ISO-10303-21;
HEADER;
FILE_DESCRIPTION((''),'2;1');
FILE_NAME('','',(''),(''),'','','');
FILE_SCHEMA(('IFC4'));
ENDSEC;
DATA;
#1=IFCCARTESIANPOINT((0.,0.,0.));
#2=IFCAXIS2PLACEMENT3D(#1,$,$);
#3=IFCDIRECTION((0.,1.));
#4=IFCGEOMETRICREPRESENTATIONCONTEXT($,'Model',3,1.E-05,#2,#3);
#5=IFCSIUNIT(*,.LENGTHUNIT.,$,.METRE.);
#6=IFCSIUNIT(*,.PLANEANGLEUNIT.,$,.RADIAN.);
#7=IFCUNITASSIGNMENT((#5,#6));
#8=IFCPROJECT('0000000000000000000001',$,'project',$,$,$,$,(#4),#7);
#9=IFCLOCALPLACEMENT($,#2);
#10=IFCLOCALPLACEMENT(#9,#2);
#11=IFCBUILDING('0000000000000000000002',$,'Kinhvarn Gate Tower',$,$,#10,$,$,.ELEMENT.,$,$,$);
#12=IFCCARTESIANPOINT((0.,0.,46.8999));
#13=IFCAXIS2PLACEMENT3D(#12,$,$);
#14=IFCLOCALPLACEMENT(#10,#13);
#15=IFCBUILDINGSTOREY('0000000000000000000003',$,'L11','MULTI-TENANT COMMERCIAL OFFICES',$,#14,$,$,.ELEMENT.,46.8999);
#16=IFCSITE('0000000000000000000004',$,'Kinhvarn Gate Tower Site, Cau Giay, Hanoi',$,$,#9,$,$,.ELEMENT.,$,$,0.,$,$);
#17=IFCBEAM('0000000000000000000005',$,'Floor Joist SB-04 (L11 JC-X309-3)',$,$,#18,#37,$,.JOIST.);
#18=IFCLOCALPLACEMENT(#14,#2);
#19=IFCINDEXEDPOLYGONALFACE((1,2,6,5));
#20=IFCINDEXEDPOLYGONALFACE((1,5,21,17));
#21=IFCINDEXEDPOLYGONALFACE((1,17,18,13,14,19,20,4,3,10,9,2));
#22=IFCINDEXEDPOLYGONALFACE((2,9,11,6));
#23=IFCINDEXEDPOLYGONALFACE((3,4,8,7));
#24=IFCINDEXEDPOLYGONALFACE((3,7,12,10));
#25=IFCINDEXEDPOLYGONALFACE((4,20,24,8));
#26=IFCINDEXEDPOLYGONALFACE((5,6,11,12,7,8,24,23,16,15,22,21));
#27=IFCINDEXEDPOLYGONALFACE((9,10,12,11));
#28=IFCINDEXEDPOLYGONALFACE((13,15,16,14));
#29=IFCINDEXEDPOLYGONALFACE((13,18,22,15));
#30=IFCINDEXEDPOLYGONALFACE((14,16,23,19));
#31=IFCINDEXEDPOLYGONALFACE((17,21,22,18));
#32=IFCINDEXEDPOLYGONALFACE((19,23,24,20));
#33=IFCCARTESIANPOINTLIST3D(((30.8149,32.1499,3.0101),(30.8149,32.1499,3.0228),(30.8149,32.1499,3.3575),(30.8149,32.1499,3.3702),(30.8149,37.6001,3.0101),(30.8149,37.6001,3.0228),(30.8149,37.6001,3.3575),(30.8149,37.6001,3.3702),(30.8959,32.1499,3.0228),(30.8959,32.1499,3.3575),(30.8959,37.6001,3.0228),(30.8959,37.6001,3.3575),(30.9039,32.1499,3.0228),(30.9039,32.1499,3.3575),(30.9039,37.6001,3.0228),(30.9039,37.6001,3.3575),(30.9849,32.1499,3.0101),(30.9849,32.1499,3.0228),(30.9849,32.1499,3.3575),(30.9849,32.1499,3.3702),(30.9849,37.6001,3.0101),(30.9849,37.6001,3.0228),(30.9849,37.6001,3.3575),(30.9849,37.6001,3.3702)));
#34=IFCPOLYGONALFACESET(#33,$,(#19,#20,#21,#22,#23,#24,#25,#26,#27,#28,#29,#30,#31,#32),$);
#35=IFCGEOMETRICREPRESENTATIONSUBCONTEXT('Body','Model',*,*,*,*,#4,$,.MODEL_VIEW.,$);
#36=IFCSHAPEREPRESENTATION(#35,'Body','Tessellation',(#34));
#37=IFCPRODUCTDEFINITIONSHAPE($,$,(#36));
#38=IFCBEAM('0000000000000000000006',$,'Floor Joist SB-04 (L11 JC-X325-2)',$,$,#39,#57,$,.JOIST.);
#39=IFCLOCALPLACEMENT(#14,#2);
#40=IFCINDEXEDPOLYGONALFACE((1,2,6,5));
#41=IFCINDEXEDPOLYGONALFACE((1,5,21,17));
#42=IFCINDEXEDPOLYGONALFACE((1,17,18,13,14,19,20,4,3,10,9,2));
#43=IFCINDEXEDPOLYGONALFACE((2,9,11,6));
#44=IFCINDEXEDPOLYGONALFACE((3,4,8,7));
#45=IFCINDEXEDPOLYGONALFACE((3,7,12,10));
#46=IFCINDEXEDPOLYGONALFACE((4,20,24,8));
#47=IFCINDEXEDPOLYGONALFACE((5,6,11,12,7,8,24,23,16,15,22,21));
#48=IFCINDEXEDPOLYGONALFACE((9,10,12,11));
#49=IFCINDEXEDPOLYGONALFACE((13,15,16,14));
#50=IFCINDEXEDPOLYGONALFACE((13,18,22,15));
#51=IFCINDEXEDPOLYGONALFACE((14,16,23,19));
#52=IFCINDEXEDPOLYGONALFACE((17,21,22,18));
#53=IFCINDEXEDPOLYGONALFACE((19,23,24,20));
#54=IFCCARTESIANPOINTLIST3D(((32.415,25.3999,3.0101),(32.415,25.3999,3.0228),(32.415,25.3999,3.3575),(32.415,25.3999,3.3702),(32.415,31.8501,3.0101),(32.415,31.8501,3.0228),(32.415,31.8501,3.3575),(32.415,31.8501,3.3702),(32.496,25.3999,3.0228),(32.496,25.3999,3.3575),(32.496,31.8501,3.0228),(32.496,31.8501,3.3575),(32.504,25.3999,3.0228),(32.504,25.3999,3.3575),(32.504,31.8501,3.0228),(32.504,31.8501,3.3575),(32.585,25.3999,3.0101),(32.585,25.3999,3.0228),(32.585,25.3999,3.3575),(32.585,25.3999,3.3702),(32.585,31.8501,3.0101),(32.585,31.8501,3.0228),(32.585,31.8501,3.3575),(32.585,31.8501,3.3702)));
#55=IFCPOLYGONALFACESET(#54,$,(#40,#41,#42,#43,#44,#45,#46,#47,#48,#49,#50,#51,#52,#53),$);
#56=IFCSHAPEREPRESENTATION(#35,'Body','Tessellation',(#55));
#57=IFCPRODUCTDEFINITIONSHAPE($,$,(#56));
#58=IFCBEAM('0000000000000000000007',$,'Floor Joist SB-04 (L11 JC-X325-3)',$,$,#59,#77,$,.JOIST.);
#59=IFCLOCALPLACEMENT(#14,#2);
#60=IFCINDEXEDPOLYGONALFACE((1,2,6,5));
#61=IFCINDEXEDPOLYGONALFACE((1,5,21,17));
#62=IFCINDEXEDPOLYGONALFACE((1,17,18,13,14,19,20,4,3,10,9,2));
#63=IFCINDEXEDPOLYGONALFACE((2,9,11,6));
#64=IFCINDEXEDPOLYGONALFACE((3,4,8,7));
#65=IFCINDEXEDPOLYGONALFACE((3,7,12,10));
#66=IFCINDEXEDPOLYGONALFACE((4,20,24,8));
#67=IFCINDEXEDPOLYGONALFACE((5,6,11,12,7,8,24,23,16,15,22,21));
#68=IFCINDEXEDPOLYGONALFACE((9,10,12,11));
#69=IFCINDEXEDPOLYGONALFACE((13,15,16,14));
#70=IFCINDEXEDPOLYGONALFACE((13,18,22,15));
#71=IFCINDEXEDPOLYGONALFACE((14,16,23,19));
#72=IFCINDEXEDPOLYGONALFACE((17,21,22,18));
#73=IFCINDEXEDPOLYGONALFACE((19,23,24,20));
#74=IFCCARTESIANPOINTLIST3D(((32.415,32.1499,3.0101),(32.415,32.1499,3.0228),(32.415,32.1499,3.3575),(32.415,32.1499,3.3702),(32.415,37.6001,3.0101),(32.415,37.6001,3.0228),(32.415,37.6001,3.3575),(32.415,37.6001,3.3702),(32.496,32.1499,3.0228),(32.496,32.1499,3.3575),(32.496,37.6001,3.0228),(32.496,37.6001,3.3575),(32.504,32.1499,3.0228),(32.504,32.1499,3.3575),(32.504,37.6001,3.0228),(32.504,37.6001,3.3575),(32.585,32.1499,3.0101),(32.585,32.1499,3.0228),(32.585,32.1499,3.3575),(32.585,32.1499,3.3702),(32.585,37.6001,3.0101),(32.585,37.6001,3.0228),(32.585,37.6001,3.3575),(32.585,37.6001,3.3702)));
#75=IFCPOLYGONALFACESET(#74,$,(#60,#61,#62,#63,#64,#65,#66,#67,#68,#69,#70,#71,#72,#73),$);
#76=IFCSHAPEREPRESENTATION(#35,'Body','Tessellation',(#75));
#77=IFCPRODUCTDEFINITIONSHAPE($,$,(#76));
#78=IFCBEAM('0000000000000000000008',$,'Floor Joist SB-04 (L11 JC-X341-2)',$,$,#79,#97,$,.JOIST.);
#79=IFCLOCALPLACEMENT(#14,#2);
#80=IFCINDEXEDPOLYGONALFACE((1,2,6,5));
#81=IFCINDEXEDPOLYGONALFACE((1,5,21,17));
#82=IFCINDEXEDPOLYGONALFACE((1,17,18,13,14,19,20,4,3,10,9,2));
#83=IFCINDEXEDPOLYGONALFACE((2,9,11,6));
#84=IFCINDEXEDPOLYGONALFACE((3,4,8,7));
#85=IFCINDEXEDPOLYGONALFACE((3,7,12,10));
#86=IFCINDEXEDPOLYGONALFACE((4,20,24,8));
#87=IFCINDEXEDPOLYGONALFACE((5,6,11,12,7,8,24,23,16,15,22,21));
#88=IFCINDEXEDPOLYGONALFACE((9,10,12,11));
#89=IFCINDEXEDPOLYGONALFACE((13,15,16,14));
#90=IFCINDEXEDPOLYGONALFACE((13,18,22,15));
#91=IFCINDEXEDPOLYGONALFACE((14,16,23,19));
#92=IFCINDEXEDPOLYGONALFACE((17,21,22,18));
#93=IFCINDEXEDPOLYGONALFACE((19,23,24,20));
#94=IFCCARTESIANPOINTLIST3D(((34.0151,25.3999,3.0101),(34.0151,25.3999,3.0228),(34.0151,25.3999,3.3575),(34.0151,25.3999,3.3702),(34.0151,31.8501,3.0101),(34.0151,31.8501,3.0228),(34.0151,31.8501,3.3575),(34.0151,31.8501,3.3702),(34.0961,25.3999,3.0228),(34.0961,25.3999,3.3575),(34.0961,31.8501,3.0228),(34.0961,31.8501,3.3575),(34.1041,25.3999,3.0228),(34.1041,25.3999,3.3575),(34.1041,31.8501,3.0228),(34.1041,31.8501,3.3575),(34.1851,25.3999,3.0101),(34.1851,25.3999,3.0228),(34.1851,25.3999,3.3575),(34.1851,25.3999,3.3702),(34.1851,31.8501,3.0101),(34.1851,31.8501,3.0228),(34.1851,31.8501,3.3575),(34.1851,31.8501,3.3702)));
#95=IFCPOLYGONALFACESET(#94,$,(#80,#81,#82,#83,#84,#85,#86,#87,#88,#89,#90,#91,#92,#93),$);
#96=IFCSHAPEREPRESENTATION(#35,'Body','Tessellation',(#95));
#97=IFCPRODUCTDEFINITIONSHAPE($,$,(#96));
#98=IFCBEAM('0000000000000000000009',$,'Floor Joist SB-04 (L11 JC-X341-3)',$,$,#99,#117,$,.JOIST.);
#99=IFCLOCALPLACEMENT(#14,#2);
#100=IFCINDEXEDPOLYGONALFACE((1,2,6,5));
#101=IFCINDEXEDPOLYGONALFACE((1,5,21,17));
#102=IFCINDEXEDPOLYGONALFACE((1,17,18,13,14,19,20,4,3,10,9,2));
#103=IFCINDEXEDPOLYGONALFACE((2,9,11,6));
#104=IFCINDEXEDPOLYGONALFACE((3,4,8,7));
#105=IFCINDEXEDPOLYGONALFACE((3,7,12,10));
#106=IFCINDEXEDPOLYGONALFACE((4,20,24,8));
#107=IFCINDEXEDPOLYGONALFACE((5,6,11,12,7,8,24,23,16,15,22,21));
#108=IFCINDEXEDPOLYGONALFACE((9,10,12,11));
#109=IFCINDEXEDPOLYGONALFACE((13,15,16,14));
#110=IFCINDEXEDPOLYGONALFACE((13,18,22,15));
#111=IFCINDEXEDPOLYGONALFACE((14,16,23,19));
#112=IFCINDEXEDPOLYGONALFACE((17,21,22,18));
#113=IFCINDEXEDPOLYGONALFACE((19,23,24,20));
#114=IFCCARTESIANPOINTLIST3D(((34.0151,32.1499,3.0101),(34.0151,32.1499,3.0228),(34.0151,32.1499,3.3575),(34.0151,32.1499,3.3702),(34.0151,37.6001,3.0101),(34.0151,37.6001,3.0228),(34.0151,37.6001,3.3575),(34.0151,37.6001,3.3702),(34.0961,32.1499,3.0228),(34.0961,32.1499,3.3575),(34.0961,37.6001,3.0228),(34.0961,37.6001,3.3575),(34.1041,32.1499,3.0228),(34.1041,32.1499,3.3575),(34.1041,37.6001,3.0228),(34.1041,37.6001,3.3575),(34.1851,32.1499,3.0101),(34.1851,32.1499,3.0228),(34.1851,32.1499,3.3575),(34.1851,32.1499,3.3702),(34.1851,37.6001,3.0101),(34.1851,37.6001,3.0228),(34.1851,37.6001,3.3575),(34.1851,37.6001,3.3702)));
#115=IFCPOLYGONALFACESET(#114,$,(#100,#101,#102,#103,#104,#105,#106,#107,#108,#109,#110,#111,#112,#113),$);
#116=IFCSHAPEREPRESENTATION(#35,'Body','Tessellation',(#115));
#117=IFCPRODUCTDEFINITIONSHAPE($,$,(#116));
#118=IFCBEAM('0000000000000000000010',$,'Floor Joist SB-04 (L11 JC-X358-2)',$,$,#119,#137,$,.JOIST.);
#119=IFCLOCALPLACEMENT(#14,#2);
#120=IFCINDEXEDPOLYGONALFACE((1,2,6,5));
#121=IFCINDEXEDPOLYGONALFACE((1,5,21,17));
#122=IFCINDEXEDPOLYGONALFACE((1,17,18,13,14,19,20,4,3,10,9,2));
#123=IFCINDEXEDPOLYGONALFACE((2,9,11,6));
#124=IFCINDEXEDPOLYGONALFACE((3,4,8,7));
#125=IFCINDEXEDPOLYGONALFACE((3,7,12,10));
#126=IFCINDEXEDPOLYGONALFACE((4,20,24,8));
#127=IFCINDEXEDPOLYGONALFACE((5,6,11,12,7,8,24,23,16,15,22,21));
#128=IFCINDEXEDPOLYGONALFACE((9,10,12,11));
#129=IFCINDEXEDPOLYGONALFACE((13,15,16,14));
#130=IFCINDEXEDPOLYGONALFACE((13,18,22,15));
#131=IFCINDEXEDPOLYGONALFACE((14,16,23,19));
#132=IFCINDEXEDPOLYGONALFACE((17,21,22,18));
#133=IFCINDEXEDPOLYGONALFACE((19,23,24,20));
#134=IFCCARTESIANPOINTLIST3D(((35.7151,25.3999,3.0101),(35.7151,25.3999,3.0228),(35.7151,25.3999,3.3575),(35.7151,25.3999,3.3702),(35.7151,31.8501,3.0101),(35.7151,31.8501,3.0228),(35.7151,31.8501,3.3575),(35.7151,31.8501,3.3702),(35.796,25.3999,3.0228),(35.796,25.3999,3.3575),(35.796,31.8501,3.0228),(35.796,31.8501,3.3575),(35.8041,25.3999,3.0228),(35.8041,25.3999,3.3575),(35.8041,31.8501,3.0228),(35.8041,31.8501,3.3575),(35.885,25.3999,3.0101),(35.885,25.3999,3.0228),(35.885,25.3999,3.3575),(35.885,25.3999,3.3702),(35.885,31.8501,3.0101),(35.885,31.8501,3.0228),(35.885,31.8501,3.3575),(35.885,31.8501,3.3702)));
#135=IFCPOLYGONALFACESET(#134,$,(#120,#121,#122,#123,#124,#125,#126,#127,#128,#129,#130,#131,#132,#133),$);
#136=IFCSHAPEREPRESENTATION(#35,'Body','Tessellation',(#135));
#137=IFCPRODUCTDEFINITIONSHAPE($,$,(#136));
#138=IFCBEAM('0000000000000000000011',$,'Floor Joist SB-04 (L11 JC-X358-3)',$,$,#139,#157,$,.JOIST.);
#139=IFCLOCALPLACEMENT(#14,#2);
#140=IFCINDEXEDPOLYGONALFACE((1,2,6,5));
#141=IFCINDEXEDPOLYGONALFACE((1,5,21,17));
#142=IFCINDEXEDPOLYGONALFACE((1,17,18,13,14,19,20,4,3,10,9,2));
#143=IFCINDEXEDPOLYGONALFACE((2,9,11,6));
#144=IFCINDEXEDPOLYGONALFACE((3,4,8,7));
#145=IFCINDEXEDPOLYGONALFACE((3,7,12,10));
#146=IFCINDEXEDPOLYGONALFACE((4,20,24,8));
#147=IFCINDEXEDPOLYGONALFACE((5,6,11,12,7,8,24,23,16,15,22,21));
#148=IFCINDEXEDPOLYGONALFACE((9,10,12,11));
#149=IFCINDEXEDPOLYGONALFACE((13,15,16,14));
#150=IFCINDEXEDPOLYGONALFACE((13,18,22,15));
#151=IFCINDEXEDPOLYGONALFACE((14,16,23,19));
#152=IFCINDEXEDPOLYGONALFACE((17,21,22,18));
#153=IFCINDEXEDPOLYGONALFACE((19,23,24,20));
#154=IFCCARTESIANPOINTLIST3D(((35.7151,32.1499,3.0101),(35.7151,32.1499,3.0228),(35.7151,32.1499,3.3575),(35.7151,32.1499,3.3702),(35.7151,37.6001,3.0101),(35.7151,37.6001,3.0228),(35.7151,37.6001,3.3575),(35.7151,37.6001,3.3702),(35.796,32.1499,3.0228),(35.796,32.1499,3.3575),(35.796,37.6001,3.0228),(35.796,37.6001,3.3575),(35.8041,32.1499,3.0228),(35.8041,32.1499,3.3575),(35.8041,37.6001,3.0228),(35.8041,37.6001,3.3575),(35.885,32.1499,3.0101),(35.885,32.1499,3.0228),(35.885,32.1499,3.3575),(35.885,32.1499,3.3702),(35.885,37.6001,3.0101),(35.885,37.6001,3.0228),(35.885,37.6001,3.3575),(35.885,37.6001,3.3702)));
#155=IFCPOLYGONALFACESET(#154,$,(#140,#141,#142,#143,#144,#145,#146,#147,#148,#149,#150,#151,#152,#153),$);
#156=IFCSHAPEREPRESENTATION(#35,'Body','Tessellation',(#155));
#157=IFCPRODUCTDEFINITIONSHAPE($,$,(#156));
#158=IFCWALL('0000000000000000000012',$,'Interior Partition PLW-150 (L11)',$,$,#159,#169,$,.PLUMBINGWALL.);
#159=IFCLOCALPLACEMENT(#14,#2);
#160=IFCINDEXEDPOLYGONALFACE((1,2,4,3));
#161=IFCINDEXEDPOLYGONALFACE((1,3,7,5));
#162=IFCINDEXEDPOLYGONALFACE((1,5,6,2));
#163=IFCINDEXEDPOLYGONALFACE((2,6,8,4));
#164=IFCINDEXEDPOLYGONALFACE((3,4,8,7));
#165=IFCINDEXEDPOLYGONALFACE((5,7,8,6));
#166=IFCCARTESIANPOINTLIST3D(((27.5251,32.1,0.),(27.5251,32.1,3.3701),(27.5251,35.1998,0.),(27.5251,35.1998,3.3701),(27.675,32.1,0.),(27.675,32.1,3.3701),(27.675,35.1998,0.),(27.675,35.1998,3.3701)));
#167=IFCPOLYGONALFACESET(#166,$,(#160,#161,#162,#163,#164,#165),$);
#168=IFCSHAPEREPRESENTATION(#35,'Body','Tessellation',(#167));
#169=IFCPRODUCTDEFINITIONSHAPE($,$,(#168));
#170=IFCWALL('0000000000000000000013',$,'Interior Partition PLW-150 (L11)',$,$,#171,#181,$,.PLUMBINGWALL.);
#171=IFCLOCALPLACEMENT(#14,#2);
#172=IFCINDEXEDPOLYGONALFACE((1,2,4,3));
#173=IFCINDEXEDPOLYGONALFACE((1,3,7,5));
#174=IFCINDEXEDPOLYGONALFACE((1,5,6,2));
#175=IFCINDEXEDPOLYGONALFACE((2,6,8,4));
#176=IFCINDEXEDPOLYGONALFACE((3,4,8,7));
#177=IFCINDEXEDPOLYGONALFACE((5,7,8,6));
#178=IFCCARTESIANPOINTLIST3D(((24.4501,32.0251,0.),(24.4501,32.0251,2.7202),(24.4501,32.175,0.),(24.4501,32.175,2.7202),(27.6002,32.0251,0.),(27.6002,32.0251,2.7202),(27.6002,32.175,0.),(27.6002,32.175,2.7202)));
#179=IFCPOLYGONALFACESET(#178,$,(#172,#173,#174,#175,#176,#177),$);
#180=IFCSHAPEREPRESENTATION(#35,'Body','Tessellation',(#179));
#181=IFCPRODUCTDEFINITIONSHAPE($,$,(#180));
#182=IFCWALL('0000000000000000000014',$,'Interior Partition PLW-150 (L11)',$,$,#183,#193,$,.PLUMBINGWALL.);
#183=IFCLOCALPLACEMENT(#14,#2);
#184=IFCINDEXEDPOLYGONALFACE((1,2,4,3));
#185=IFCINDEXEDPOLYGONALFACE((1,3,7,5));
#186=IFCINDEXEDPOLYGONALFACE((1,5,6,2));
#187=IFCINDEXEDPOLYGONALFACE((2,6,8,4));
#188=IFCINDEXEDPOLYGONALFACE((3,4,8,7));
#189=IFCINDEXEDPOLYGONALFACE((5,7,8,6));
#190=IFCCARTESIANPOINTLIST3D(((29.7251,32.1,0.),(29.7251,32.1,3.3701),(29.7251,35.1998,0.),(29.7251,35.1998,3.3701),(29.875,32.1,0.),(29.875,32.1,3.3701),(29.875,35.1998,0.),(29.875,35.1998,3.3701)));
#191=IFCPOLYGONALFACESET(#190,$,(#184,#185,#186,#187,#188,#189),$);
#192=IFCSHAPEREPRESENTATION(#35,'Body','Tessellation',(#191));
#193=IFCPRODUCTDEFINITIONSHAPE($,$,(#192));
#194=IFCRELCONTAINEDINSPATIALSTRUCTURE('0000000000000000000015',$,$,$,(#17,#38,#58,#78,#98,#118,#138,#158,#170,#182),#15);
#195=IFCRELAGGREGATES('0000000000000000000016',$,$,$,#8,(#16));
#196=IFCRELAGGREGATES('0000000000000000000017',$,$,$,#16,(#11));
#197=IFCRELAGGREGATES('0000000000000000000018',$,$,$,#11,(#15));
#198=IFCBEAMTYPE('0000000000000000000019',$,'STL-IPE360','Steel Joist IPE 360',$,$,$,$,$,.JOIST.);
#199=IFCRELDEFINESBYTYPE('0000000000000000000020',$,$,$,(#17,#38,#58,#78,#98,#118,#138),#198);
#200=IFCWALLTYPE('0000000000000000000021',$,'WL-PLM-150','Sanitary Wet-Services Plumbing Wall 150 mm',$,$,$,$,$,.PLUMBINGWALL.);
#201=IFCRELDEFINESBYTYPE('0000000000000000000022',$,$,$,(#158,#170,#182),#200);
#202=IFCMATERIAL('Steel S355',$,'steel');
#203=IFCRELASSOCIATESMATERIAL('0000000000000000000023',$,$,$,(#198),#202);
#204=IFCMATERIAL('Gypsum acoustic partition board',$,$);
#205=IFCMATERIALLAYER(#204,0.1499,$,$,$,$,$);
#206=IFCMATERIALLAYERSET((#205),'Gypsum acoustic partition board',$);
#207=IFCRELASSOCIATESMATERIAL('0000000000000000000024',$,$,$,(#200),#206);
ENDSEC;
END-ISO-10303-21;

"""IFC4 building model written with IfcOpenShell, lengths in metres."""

from ifc_helpers import new_model, si_unit, direction, frame, frame_2d, origin, origin_2d, place, context, subcontext, project, spatial, rectangle, i_section, extrude, material, layer, layer_set, material_profile, profile_set, type_object, element, save


model = new_model("IFC4")

# Units and contexts
model_context = context("Model", 3, precision=1e-05, world=origin(), true_north=direction((0.0, 1.0)))
body_context = subcontext(model_context, "Body", "Model", "MODEL_VIEW")
ifc_project = project(units=[si_unit("LENGTHUNIT", "METRE"), si_unit("PLANEANGLEUNIT", "RADIAN")], contexts=[model_context])

# Site, building, storey
site_placement = place(None, origin())
site = spatial("IfcSite", under=ifc_project, at=site_placement, Name="Kinhvarn Gate Tower Site, Cau Giay, Hanoi", CompositionType="ELEMENT", RefElevation=0.0)
building_placement = place(site_placement, origin())
building = spatial("IfcBuilding", under=site, at=building_placement, Name="Kinhvarn Gate Tower", CompositionType="ELEMENT")
storey_placement = place(building_placement, frame((0.0, 0.0, 46.8999)))
storey = spatial("IfcBuildingStorey", under=building, at=storey_placement, Name="L11", Description="MULTI-TENANT COMMERCIAL OFFICES", CompositionType="ELEMENT", Elevation=46.8999)

# Beams
ifc_material_1 = material(Name="Steel S355", Category="steel")
ifc_material_profile_1 = material_profile(ifc_material_1, i_section(OverallWidth=0.1699, OverallDepth=0.3601, WebThickness=0.0081, FlangeThickness=0.0127, at=origin_2d()), Name="IPE 360")
ifc_profile_set_1 = profile_set([ifc_material_profile_1], Name="Steel S355")
beam_type_1 = type_object("IfcBeamType", Name="STL-IPE360", Description="Steel Joist IPE 360", PredefinedType="JOIST", material=ifc_profile_set_1)
beam_1_placement = place(storey_placement, frame((30.8999, 32.1499, 3.1902), z_axis=(0.0, 1.0, 0.0), x_axis=(-1.0, 0.0, 0.0)))
element("IfcBeam", 1, at=beam_1_placement, inside=storey, type_object=beam_type_1, Name="Floor Joist SB-04 (L11 JC-X309-3)", PredefinedType="JOIST", context=body_context, shape_type="SweptSolid", body=[
    extrude(i_section(OverallWidth=0.1699, OverallDepth=0.3601, WebThickness=0.0081, FlangeThickness=0.0127, at=origin_2d()), origin(), (0.0, 0.0, 1.0), 5.4502),
])
beam_2_placement = place(storey_placement, frame((32.5, 25.3999, 3.1902), z_axis=(0.0, 1.0, 0.0), x_axis=(-1.0, 0.0, 0.0)))
element("IfcBeam", 2, at=beam_2_placement, inside=storey, type_object=beam_type_1, Name="Floor Joist SB-04 (L11 JC-X325-2)", PredefinedType="JOIST", context=body_context, shape_type="SweptSolid", body=[
    extrude(i_section(OverallWidth=0.1699, OverallDepth=0.3601, WebThickness=0.0081, FlangeThickness=0.0127, at=origin_2d()), origin(), (0.0, 0.0, 1.0), 6.4502),
])
beam_3_placement = place(storey_placement, frame((32.5, 32.1499, 3.1902), z_axis=(0.0, 1.0, 0.0), x_axis=(-1.0, 0.0, 0.0)))
element("IfcBeam", 3, at=beam_3_placement, inside=storey, type_object=beam_type_1, Name="Floor Joist SB-04 (L11 JC-X325-3)", PredefinedType="JOIST", context=body_context, shape_type="SweptSolid", body=[
    extrude(i_section(OverallWidth=0.1699, OverallDepth=0.3601, WebThickness=0.0081, FlangeThickness=0.0127, at=origin_2d()), origin(), (0.0, 0.0, 1.0), 5.4502),
])
beam_4_placement = place(storey_placement, frame((34.1001, 25.3999, 3.1902), z_axis=(0.0, 1.0, 0.0), x_axis=(-1.0, 0.0, 0.0)))
element("IfcBeam", 4, at=beam_4_placement, inside=storey, type_object=beam_type_1, Name="Floor Joist SB-04 (L11 JC-X341-2)", PredefinedType="JOIST", context=body_context, shape_type="SweptSolid", body=[
    extrude(i_section(OverallWidth=0.1699, OverallDepth=0.3601, WebThickness=0.0081, FlangeThickness=0.0127, at=origin_2d()), origin(), (0.0, 0.0, 1.0), 6.4502),
])
beam_5_placement = place(storey_placement, frame((34.1001, 32.1499, 3.1902), z_axis=(0.0, 1.0, 0.0), x_axis=(-1.0, 0.0, 0.0)))
element("IfcBeam", 5, at=beam_5_placement, inside=storey, type_object=beam_type_1, Name="Floor Joist SB-04 (L11 JC-X341-3)", PredefinedType="JOIST", context=body_context, shape_type="SweptSolid", body=[
    extrude(i_section(OverallWidth=0.1699, OverallDepth=0.3601, WebThickness=0.0081, FlangeThickness=0.0127, at=origin_2d()), origin(), (0.0, 0.0, 1.0), 5.4502),
])
beam_6_placement = place(storey_placement, frame((35.8, 25.3999, 3.1902), z_axis=(0.0, 1.0, 0.0), x_axis=(-1.0, 0.0, 0.0)))
element("IfcBeam", 6, at=beam_6_placement, inside=storey, type_object=beam_type_1, Name="Floor Joist SB-04 (L11 JC-X358-2)", PredefinedType="JOIST", context=body_context, shape_type="SweptSolid", body=[
    extrude(i_section(OverallWidth=0.1699, OverallDepth=0.3601, WebThickness=0.0081, FlangeThickness=0.0127, at=origin_2d()), origin(), (0.0, 0.0, 1.0), 6.4502),
])
beam_7_placement = place(storey_placement, frame((35.8, 32.1499, 3.1902), z_axis=(0.0, 1.0, 0.0), x_axis=(-1.0, 0.0, 0.0)))
element("IfcBeam", 7, at=beam_7_placement, inside=storey, type_object=beam_type_1, Name="Floor Joist SB-04 (L11 JC-X358-3)", PredefinedType="JOIST", context=body_context, shape_type="SweptSolid", body=[
    extrude(i_section(OverallWidth=0.1699, OverallDepth=0.3601, WebThickness=0.0081, FlangeThickness=0.0127, at=origin_2d()), origin(), (0.0, 0.0, 1.0), 5.4502),
])

# Walls
ifc_material_2 = material(Name="Gypsum acoustic partition board")
ifc_layer_1 = layer(ifc_material_2, 0.1499)
ifc_layer_set_1 = layer_set([ifc_layer_1], Name="Gypsum acoustic partition board")
wall_type_1 = type_object("IfcWallType", Name="WL-PLM-150", Description="Sanitary Wet-Services Plumbing Wall 150 mm", PredefinedType="PLUMBINGWALL", material=ifc_layer_set_1)
wall_1_placement = place(storey_placement, frame((27.6001, 32.1001, 0.0), z_axis=(0.0, 0.0, 1.0), x_axis=(0.0, 1.0, 0.0)))
element("IfcWall", 8, at=wall_1_placement, inside=storey, type_object=wall_type_1, Name="Interior Partition PLW-150 (L11)", PredefinedType="PLUMBINGWALL", context=body_context, shape_type="SweptSolid", body=[
    extrude(rectangle(XDim=3.0999, YDim=0.1499, at=frame_2d((1.5498, 0.0))), origin(), (0.0, 0.0, 1.0), 3.3701),
])
wall_2_placement = place(storey_placement, frame((24.45, 32.1001, 0.0), z_axis=(0.0, 0.0, 1.0), x_axis=(1.0, 0.0, 0.0)))
element("IfcWall", 9, at=wall_2_placement, inside=storey, type_object=wall_type_1, Name="Interior Partition PLW-150 (L11)", PredefinedType="PLUMBINGWALL", context=body_context, shape_type="SweptSolid", body=[
    extrude(rectangle(XDim=3.1501, YDim=0.1499, at=frame_2d((1.5752, 0.0))), origin(), (0.0, 0.0, 1.0), 2.7202),
])
wall_3_placement = place(storey_placement, frame((29.8, 32.1001, 0.0), z_axis=(0.0, 0.0, 1.0), x_axis=(0.0, 1.0, 0.0)))
element("IfcWall", 10, at=wall_3_placement, inside=storey, type_object=wall_type_1, Name="Interior Partition PLW-150 (L11)", PredefinedType="PLUMBINGWALL", context=body_context, shape_type="SweptSolid", body=[
    extrude(rectangle(XDim=3.0999, YDim=0.1499, at=frame_2d((1.5498, 0.0))), origin(), (0.0, 0.0, 1.0), 3.3701),
])

save(model, "model.ifc")
